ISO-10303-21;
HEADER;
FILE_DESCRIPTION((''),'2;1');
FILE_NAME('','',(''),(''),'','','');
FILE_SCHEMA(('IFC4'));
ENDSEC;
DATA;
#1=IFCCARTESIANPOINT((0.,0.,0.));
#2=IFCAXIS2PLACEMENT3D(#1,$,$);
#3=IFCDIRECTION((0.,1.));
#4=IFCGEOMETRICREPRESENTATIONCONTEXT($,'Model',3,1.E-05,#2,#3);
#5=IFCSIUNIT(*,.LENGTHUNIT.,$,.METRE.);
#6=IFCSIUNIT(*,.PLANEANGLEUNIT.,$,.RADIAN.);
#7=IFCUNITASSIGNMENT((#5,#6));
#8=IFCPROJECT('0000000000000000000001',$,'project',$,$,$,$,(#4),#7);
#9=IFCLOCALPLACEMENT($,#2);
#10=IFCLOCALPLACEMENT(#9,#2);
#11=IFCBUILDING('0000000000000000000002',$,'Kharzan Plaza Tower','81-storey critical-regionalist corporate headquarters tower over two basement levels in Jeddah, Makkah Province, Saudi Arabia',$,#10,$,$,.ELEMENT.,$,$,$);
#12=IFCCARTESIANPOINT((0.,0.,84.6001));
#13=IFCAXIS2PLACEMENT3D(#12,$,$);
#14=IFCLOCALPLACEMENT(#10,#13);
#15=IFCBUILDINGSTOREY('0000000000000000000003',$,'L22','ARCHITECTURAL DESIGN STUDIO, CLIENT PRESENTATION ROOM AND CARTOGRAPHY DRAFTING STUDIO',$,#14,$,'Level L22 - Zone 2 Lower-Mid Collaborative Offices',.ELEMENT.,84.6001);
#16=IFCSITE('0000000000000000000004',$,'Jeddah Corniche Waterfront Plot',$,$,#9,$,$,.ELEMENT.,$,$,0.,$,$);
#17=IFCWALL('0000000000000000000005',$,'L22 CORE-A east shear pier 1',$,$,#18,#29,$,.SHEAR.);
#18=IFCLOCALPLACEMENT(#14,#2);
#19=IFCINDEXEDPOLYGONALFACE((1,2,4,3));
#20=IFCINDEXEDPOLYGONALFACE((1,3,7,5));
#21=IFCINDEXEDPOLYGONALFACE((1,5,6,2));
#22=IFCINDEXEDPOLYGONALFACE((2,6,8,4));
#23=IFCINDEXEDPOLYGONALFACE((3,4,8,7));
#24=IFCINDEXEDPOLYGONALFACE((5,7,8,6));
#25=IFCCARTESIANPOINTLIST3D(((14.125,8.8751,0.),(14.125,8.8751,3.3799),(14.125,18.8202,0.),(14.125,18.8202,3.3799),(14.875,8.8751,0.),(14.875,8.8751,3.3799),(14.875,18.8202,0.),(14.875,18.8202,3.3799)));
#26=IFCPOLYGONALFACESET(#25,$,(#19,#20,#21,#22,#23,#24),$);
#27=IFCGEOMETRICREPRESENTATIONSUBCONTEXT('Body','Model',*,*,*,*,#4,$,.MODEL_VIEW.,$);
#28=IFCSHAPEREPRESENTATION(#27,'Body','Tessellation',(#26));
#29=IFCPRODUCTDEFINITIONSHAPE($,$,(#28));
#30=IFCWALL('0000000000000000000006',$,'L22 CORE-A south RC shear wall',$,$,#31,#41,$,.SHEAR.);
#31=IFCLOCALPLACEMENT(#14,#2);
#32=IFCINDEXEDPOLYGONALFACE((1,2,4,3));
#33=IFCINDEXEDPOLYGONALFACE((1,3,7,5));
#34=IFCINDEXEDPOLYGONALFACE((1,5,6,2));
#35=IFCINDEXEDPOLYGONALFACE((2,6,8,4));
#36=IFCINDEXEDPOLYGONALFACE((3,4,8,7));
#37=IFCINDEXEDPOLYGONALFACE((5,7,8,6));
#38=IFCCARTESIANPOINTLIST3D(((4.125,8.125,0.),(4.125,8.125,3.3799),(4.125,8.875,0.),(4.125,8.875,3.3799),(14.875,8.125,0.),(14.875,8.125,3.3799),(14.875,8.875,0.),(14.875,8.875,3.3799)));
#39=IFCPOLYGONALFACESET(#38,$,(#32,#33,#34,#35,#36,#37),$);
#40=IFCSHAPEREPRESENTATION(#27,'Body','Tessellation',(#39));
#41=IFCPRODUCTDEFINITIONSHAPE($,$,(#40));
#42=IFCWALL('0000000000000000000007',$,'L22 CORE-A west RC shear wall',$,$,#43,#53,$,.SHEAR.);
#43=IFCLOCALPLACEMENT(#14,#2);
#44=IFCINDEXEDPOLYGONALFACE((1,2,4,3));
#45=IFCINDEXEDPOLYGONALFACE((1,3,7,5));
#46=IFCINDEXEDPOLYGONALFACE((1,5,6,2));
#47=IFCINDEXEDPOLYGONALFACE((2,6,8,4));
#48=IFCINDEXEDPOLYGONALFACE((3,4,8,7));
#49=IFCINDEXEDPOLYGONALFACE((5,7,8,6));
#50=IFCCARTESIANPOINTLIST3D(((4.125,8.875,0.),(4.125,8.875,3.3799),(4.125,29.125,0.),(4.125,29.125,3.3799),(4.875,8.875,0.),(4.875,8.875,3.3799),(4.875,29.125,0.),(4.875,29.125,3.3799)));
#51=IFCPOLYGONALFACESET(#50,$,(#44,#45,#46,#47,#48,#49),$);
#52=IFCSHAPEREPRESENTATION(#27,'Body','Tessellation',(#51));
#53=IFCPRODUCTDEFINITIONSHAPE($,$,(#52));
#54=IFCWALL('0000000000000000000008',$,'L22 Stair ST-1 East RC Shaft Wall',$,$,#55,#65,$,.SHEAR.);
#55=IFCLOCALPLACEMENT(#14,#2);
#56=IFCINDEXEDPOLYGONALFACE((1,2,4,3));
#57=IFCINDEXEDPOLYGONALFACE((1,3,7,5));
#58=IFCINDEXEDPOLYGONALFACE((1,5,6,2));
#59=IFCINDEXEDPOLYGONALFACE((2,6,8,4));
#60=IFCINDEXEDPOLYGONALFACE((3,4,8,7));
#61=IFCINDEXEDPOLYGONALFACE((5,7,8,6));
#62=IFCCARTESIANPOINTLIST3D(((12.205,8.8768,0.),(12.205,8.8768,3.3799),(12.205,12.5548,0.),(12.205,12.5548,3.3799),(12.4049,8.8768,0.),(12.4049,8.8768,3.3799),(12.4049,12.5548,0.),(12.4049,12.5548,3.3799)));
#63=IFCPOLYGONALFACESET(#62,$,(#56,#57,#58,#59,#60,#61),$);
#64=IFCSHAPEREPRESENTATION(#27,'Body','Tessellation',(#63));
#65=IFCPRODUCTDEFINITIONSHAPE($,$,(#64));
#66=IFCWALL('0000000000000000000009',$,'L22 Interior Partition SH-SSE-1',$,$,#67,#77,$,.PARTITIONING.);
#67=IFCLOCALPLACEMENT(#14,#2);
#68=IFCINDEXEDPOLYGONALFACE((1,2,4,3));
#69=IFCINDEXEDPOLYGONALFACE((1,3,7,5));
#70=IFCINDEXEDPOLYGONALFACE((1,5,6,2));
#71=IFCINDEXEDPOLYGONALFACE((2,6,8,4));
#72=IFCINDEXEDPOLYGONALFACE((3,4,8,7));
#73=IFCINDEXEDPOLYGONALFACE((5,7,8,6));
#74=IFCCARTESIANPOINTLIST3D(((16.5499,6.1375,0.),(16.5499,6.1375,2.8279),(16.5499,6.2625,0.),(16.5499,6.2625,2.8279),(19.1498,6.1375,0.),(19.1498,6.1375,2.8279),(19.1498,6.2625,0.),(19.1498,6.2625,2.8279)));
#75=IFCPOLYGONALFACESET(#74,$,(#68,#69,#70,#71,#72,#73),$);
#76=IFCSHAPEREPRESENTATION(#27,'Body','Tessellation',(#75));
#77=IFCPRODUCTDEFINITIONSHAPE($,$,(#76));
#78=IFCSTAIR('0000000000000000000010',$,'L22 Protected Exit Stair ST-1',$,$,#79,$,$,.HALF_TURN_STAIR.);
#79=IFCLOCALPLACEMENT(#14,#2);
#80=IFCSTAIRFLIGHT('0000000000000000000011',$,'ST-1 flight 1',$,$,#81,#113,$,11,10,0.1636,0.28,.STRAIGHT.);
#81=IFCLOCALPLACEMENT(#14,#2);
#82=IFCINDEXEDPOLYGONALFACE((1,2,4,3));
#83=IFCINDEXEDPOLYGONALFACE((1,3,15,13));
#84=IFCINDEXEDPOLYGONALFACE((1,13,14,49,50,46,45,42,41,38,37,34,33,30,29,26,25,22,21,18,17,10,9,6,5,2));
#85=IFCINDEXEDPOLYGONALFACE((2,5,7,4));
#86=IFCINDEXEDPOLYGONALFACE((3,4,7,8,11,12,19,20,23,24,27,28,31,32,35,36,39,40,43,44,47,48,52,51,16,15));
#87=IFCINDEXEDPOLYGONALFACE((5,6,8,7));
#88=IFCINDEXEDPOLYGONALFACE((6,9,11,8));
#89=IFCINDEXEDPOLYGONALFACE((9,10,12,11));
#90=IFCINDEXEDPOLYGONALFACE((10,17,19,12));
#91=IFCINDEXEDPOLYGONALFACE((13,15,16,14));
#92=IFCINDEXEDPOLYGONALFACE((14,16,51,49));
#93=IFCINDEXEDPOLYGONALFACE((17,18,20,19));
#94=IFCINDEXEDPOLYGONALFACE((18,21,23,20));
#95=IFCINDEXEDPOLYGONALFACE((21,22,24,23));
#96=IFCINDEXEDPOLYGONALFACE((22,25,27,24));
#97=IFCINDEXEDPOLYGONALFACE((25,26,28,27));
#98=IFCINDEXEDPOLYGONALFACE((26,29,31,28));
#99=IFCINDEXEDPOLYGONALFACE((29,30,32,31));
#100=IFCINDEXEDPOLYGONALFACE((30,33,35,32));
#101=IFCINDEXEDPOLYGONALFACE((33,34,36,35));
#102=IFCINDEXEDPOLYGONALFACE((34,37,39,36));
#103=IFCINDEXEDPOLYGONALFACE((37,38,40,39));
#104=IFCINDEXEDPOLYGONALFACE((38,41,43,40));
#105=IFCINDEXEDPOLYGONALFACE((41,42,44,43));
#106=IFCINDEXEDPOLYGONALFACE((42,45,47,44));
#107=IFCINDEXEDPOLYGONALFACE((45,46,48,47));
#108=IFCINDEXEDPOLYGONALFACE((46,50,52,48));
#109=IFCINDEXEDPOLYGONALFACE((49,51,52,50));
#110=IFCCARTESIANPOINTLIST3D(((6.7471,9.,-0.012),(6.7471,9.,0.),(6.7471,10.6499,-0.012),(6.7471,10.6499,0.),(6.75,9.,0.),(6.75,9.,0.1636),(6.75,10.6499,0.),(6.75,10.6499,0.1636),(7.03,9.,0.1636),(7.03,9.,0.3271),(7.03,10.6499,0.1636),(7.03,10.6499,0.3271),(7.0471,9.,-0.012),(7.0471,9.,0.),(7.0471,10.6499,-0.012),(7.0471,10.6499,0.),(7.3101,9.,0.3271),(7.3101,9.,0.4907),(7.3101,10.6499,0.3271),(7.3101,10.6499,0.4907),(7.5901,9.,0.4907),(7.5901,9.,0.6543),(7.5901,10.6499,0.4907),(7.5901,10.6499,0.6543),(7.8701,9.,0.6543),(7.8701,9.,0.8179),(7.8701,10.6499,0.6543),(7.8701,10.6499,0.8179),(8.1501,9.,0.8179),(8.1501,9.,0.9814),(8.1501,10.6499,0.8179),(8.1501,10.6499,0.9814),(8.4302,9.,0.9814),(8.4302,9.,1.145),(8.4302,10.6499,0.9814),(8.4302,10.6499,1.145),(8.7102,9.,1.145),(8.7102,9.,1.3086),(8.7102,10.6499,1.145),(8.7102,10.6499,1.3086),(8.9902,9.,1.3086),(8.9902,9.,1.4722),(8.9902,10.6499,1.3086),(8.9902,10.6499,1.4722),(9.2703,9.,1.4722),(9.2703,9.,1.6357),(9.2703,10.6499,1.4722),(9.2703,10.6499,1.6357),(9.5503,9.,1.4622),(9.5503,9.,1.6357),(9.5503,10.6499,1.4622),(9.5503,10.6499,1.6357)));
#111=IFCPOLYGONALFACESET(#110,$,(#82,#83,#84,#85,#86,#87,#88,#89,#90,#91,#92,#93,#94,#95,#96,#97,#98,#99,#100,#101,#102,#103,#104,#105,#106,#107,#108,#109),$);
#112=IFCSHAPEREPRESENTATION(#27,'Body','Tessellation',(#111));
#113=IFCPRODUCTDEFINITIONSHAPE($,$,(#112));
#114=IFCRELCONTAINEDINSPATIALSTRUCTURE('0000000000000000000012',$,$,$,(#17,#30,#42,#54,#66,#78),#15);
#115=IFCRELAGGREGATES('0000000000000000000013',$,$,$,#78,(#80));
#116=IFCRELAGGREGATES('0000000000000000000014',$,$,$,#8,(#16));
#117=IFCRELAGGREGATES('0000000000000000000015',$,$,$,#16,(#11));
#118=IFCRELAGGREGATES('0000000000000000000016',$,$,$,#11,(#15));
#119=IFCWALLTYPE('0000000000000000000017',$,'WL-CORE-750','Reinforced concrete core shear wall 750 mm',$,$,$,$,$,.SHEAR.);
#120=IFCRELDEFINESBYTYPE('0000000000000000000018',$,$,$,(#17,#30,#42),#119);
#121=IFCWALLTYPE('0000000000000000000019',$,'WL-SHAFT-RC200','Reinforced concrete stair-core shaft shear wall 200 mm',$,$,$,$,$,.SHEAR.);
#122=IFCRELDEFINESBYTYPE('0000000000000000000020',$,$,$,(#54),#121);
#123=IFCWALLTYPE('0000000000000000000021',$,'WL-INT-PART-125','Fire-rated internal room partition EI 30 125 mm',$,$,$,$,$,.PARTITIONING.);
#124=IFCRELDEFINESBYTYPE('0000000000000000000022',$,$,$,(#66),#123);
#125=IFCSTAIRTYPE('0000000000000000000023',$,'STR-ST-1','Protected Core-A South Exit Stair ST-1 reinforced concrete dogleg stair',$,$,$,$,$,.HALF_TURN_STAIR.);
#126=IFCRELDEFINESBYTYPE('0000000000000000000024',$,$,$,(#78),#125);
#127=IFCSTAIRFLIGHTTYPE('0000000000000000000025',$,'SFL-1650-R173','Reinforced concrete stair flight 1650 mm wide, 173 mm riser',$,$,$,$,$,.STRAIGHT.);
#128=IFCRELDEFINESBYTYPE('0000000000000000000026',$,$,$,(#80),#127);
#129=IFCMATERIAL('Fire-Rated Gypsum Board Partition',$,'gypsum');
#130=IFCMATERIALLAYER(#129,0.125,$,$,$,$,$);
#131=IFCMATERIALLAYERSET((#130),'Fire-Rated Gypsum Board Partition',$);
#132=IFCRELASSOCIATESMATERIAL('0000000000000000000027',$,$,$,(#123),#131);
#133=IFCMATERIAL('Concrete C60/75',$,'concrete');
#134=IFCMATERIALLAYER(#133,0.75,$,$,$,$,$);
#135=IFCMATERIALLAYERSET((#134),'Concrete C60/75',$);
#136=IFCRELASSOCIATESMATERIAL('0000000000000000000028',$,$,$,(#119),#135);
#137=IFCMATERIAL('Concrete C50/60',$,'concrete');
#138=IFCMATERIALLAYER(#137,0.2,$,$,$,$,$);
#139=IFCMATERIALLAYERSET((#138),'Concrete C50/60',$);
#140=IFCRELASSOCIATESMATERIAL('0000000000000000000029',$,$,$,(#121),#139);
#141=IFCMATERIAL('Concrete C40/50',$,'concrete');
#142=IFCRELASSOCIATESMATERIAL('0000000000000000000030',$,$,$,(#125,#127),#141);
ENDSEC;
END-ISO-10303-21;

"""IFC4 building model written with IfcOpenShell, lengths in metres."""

from ifc_helpers import new_model, si_unit, direction, frame, frame_2d, origin, place, context, subcontext, project, spatial, polyline, rectangle, outline, extrude, source, transform, mapped, material, layer, layer_set, type_object, element, aggregate, save


model = new_model("IFC4")

# Units and contexts
model_context = context("Model", 3, precision=1e-05, world=origin(), true_north=direction((0.0, 1.0)))
body_context = subcontext(model_context, "Body", "Model", "MODEL_VIEW")
ifc_project = project(units=[si_unit("LENGTHUNIT", "METRE"), si_unit("PLANEANGLEUNIT", "RADIAN")], contexts=[model_context])

# Site, building, storey
site_placement = place(None, origin())
site = spatial("IfcSite", under=ifc_project, at=site_placement, Name="Jeddah Corniche Waterfront Plot", CompositionType="ELEMENT", RefElevation=0.0)
building_placement = place(site_placement, origin())
building = spatial("IfcBuilding", under=site, at=building_placement, Name="Kharzan Plaza Tower", Description="81-storey critical-regionalist corporate headquarters tower over two basement levels in Jeddah, Makkah Province, Saudi Arabia", CompositionType="ELEMENT")
storey_placement = place(building_placement, frame((0.0, 0.0, 84.6001)))
storey = spatial("IfcBuildingStorey", under=building, at=storey_placement, Name="L22", Description="ARCHITECTURAL DESIGN STUDIO, CLIENT PRESENTATION ROOM AND CARTOGRAPHY DRAFTING STUDIO", LongName="Level L22 - Zone 2 Lower-Mid Collaborative Offices", CompositionType="ELEMENT", Elevation=84.6001)

# Shared definitions
ifc_material_1 = material(Name="Concrete C60/75", Category="concrete")

# Shared definitions
ifc_material_2 = material(Name="Concrete C40/50", Category="concrete")

# Shared definitions
ifc_material_3 = material(Name="Fire-Rated Gypsum Board Partition", Category="gypsum")
ifc_layer_1 = layer(ifc_material_3, 0.125)
ifc_layer_set_1 = layer_set([ifc_layer_1], Name="Fire-Rated Gypsum Board Partition")
wall_type_1 = type_object("IfcWallType", Name="WL-INT-PART-125", Description="Fire-rated internal room partition EI 30 125 mm", PredefinedType="PARTITIONING", material=ifc_layer_set_1)

# Walls
ifc_layer_2 = layer(ifc_material_1, 0.75)
ifc_layer_set_2 = layer_set([ifc_layer_2], Name="Concrete C60/75")
wall_type_2 = type_object("IfcWallType", Name="WL-CORE-750", Description="Reinforced concrete core shear wall 750 mm", PredefinedType="SHEAR", material=ifc_layer_set_2)
shared_shape_1 = source(origin(), body_context, "Body", "SweptSolid", [
    extrude(rectangle(XDim=9.9451, YDim=0.75, at=frame_2d((4.9727, 0.0))), origin(), (0.0, 0.0, 1.0), 3.3799),
])
wall_1_placement = place(storey_placement, frame((14.5, 8.875, 0.0), z_axis=(0.0, 0.0, 1.0), x_axis=(0.0, 1.0, 0.0)))
element("IfcWall", 1, at=wall_1_placement, inside=storey, type_object=wall_type_2, Name="L22 CORE-A east shear pier 1", PredefinedType="SHEAR", context=body_context, shape_type="MappedRepresentation", body=[
    mapped(shared_shape_1, transform((0.0, 0.0, 0.0), x_axis=(1.0, 0.0, 0.0), y_axis=(0.0, 1.0, 0.0), z_axis=(0.0, 0.0, 1.0))),
])
shared_shape_2 = source(origin(), body_context, "Body", "SweptSolid", [
    extrude(rectangle(XDim=10.75, YDim=0.75, at=frame_2d((5.375, 0.0))), origin(), (0.0, 0.0, 1.0), 3.3799),
])
wall_2_placement = place(storey_placement, frame((4.125, 8.5, 0.0), z_axis=(0.0, 0.0, 1.0), x_axis=(1.0, 0.0, 0.0)))
element("IfcWall", 2, at=wall_2_placement, inside=storey, type_object=wall_type_2, Name="L22 CORE-A south RC shear wall", PredefinedType="SHEAR", context=body_context, shape_type="MappedRepresentation", body=[
    mapped(shared_shape_2, transform((0.0, 0.0, 0.0), x_axis=(1.0, 0.0, 0.0), y_axis=(0.0, 1.0, 0.0), z_axis=(0.0, 0.0, 1.0))),
])
shared_shape_3 = source(origin(), body_context, "Body", "SweptSolid", [
    extrude(rectangle(XDim=20.25, YDim=0.75, at=frame_2d((10.125, 0.0))), origin(), (0.0, 0.0, 1.0), 3.3799),
])
wall_3_placement = place(storey_placement, frame((4.5, 8.875, 0.0), z_axis=(0.0, 0.0, 1.0), x_axis=(0.0, 1.0, 0.0)))
element("IfcWall", 3, at=wall_3_placement, inside=storey, type_object=wall_type_2, Name="L22 CORE-A west RC shear wall", PredefinedType="SHEAR", context=body_context, shape_type="MappedRepresentation", body=[
    mapped(shared_shape_3, transform((0.0, 0.0, 0.0), x_axis=(1.0, 0.0, 0.0), y_axis=(0.0, 1.0, 0.0), z_axis=(0.0, 0.0, 1.0))),
])
ifc_material_4 = material(Name="Concrete C50/60", Category="concrete")
ifc_layer_3 = layer(ifc_material_4, 0.2)
ifc_layer_set_3 = layer_set([ifc_layer_3], Name="Concrete C50/60")
wall_type_3 = type_object("IfcWallType", Name="WL-SHAFT-RC200", Description="Reinforced concrete stair-core shaft shear wall 200 mm", PredefinedType="SHEAR", material=ifc_layer_set_3)
shared_shape_4 = source(origin(), body_context, "Body", "SweptSolid", [
    extrude(rectangle(XDim=3.678, YDim=0.2, at=frame_2d((1.8389, 0.0))), origin(), (0.0, 0.0, 1.0), 3.3799),
])
wall_4_placement = place(storey_placement, frame((12.3049, 8.877, 0.0), z_axis=(0.0, 0.0, 1.0), x_axis=(0.0, 1.0, 0.0)))
element("IfcWall", 4, at=wall_4_placement, inside=storey, type_object=wall_type_3, Name="L22 Stair ST-1 East RC Shaft Wall", PredefinedType="SHEAR", context=body_context, shape_type="MappedRepresentation", body=[
    mapped(shared_shape_4, transform((0.0, 0.0, 0.0), x_axis=(1.0, 0.0, 0.0), y_axis=(0.0, 1.0, 0.0), z_axis=(0.0, 0.0, 1.0))),
])
shared_shape_5 = source(origin(), body_context, "Body", "SweptSolid", [
    extrude(rectangle(XDim=2.5999, YDim=0.125, at=frame_2d((1.2998, 0.0))), origin(), (0.0, 0.0, 1.0), 2.8279),
])
wall_5_placement = place(storey_placement, frame((16.55, 6.2, 0.0), z_axis=(0.0, 0.0, 1.0), x_axis=(1.0, 0.0, 0.0)))
element("IfcWall", 5, at=wall_5_placement, inside=storey, type_object=wall_type_1, Name="L22 Interior Partition SH-SSE-1", PredefinedType="PARTITIONING", context=body_context, shape_type="MappedRepresentation", body=[
    mapped(shared_shape_5, transform((0.0, 0.0, 0.0), x_axis=(1.0, 0.0, 0.0), y_axis=(0.0, 1.0, 0.0), z_axis=(0.0, 0.0, 1.0))),
])

# Stair, stair flight
stair_type = type_object("IfcStairType", Name="STR-ST-1", Description="Protected Core-A South Exit Stair ST-1 reinforced concrete dogleg stair", PredefinedType="HALF_TURN_STAIR", material=ifc_material_2)
stair_placement = place(storey_placement, origin())
stair = element("IfcStair", 6, at=stair_placement, inside=storey, type_object=stair_type, Name="L22 Protected Exit Stair ST-1", PredefinedType="HALF_TURN_STAIR")
stair_flight_type = type_object("IfcStairFlightType", Name="SFL-1650-R173", Description="Reinforced concrete stair flight 1650 mm wide, 173 mm riser", PredefinedType="STRAIGHT", material=ifc_material_2)
shared_shape_6 = source(origin(), body_context, "Body", "SweptSolid", [
    extrude(outline(polyline([(-0.0029, -0.012), (-0.0029, 0.0), (0.0, 0.0), (0.0, 0.1636), (0.28, 0.1636), (0.28, 0.3271), (0.5601, 0.3271), (0.5601, 0.4907), (0.8401, 0.4907), (0.8401, 0.6543), (1.1201, 0.6543), (1.1201, 0.8179), (1.4001, 0.8179), (1.4001, 0.9814), (1.6802, 0.9814), (1.6802, 1.145), (1.9602, 1.145), (1.9602, 1.3086), (2.2402, 1.3086), (2.2402, 1.4722), (2.5203, 1.4722), (2.5203, 1.6357), (2.8003, 1.6357), (2.8003, 1.7993), (2.8003, 1.4622), (0.2971, 0.0), (0.2971, -0.012), (-0.0029, -0.012)])), frame((0.0, 0.825, 0.0), z_axis=(0.0, -1.0, 0.0), x_axis=(1.0, 0.0, 0.0)), (0.0, 0.0, 1.0), 1.6499),
])
stair_flight_placement = place(storey_placement, frame((6.75, 9.825, 0.0), z_axis=(0.0, 0.0, 1.0), x_axis=(1.0, 0.0, 0.0)))
stair_flight = element("IfcStairFlight", 7, at=stair_flight_placement, type_object=stair_flight_type, Name="ST-1 flight 1", NumberOfRisers=11, NumberOfTreads=10, PredefinedType="STRAIGHT", RiserHeight=0.1636, TreadLength=0.28, context=body_context, shape_type="MappedRepresentation", body=[
    mapped(shared_shape_6, transform((0.0, 0.0, 0.0), x_axis=(1.0, 0.0, 0.0), y_axis=(0.0, 1.0, 0.0), z_axis=(0.0, 0.0, 1.0))),
])
aggregate(stair, [stair_flight])

save(model, "model.ifc")
